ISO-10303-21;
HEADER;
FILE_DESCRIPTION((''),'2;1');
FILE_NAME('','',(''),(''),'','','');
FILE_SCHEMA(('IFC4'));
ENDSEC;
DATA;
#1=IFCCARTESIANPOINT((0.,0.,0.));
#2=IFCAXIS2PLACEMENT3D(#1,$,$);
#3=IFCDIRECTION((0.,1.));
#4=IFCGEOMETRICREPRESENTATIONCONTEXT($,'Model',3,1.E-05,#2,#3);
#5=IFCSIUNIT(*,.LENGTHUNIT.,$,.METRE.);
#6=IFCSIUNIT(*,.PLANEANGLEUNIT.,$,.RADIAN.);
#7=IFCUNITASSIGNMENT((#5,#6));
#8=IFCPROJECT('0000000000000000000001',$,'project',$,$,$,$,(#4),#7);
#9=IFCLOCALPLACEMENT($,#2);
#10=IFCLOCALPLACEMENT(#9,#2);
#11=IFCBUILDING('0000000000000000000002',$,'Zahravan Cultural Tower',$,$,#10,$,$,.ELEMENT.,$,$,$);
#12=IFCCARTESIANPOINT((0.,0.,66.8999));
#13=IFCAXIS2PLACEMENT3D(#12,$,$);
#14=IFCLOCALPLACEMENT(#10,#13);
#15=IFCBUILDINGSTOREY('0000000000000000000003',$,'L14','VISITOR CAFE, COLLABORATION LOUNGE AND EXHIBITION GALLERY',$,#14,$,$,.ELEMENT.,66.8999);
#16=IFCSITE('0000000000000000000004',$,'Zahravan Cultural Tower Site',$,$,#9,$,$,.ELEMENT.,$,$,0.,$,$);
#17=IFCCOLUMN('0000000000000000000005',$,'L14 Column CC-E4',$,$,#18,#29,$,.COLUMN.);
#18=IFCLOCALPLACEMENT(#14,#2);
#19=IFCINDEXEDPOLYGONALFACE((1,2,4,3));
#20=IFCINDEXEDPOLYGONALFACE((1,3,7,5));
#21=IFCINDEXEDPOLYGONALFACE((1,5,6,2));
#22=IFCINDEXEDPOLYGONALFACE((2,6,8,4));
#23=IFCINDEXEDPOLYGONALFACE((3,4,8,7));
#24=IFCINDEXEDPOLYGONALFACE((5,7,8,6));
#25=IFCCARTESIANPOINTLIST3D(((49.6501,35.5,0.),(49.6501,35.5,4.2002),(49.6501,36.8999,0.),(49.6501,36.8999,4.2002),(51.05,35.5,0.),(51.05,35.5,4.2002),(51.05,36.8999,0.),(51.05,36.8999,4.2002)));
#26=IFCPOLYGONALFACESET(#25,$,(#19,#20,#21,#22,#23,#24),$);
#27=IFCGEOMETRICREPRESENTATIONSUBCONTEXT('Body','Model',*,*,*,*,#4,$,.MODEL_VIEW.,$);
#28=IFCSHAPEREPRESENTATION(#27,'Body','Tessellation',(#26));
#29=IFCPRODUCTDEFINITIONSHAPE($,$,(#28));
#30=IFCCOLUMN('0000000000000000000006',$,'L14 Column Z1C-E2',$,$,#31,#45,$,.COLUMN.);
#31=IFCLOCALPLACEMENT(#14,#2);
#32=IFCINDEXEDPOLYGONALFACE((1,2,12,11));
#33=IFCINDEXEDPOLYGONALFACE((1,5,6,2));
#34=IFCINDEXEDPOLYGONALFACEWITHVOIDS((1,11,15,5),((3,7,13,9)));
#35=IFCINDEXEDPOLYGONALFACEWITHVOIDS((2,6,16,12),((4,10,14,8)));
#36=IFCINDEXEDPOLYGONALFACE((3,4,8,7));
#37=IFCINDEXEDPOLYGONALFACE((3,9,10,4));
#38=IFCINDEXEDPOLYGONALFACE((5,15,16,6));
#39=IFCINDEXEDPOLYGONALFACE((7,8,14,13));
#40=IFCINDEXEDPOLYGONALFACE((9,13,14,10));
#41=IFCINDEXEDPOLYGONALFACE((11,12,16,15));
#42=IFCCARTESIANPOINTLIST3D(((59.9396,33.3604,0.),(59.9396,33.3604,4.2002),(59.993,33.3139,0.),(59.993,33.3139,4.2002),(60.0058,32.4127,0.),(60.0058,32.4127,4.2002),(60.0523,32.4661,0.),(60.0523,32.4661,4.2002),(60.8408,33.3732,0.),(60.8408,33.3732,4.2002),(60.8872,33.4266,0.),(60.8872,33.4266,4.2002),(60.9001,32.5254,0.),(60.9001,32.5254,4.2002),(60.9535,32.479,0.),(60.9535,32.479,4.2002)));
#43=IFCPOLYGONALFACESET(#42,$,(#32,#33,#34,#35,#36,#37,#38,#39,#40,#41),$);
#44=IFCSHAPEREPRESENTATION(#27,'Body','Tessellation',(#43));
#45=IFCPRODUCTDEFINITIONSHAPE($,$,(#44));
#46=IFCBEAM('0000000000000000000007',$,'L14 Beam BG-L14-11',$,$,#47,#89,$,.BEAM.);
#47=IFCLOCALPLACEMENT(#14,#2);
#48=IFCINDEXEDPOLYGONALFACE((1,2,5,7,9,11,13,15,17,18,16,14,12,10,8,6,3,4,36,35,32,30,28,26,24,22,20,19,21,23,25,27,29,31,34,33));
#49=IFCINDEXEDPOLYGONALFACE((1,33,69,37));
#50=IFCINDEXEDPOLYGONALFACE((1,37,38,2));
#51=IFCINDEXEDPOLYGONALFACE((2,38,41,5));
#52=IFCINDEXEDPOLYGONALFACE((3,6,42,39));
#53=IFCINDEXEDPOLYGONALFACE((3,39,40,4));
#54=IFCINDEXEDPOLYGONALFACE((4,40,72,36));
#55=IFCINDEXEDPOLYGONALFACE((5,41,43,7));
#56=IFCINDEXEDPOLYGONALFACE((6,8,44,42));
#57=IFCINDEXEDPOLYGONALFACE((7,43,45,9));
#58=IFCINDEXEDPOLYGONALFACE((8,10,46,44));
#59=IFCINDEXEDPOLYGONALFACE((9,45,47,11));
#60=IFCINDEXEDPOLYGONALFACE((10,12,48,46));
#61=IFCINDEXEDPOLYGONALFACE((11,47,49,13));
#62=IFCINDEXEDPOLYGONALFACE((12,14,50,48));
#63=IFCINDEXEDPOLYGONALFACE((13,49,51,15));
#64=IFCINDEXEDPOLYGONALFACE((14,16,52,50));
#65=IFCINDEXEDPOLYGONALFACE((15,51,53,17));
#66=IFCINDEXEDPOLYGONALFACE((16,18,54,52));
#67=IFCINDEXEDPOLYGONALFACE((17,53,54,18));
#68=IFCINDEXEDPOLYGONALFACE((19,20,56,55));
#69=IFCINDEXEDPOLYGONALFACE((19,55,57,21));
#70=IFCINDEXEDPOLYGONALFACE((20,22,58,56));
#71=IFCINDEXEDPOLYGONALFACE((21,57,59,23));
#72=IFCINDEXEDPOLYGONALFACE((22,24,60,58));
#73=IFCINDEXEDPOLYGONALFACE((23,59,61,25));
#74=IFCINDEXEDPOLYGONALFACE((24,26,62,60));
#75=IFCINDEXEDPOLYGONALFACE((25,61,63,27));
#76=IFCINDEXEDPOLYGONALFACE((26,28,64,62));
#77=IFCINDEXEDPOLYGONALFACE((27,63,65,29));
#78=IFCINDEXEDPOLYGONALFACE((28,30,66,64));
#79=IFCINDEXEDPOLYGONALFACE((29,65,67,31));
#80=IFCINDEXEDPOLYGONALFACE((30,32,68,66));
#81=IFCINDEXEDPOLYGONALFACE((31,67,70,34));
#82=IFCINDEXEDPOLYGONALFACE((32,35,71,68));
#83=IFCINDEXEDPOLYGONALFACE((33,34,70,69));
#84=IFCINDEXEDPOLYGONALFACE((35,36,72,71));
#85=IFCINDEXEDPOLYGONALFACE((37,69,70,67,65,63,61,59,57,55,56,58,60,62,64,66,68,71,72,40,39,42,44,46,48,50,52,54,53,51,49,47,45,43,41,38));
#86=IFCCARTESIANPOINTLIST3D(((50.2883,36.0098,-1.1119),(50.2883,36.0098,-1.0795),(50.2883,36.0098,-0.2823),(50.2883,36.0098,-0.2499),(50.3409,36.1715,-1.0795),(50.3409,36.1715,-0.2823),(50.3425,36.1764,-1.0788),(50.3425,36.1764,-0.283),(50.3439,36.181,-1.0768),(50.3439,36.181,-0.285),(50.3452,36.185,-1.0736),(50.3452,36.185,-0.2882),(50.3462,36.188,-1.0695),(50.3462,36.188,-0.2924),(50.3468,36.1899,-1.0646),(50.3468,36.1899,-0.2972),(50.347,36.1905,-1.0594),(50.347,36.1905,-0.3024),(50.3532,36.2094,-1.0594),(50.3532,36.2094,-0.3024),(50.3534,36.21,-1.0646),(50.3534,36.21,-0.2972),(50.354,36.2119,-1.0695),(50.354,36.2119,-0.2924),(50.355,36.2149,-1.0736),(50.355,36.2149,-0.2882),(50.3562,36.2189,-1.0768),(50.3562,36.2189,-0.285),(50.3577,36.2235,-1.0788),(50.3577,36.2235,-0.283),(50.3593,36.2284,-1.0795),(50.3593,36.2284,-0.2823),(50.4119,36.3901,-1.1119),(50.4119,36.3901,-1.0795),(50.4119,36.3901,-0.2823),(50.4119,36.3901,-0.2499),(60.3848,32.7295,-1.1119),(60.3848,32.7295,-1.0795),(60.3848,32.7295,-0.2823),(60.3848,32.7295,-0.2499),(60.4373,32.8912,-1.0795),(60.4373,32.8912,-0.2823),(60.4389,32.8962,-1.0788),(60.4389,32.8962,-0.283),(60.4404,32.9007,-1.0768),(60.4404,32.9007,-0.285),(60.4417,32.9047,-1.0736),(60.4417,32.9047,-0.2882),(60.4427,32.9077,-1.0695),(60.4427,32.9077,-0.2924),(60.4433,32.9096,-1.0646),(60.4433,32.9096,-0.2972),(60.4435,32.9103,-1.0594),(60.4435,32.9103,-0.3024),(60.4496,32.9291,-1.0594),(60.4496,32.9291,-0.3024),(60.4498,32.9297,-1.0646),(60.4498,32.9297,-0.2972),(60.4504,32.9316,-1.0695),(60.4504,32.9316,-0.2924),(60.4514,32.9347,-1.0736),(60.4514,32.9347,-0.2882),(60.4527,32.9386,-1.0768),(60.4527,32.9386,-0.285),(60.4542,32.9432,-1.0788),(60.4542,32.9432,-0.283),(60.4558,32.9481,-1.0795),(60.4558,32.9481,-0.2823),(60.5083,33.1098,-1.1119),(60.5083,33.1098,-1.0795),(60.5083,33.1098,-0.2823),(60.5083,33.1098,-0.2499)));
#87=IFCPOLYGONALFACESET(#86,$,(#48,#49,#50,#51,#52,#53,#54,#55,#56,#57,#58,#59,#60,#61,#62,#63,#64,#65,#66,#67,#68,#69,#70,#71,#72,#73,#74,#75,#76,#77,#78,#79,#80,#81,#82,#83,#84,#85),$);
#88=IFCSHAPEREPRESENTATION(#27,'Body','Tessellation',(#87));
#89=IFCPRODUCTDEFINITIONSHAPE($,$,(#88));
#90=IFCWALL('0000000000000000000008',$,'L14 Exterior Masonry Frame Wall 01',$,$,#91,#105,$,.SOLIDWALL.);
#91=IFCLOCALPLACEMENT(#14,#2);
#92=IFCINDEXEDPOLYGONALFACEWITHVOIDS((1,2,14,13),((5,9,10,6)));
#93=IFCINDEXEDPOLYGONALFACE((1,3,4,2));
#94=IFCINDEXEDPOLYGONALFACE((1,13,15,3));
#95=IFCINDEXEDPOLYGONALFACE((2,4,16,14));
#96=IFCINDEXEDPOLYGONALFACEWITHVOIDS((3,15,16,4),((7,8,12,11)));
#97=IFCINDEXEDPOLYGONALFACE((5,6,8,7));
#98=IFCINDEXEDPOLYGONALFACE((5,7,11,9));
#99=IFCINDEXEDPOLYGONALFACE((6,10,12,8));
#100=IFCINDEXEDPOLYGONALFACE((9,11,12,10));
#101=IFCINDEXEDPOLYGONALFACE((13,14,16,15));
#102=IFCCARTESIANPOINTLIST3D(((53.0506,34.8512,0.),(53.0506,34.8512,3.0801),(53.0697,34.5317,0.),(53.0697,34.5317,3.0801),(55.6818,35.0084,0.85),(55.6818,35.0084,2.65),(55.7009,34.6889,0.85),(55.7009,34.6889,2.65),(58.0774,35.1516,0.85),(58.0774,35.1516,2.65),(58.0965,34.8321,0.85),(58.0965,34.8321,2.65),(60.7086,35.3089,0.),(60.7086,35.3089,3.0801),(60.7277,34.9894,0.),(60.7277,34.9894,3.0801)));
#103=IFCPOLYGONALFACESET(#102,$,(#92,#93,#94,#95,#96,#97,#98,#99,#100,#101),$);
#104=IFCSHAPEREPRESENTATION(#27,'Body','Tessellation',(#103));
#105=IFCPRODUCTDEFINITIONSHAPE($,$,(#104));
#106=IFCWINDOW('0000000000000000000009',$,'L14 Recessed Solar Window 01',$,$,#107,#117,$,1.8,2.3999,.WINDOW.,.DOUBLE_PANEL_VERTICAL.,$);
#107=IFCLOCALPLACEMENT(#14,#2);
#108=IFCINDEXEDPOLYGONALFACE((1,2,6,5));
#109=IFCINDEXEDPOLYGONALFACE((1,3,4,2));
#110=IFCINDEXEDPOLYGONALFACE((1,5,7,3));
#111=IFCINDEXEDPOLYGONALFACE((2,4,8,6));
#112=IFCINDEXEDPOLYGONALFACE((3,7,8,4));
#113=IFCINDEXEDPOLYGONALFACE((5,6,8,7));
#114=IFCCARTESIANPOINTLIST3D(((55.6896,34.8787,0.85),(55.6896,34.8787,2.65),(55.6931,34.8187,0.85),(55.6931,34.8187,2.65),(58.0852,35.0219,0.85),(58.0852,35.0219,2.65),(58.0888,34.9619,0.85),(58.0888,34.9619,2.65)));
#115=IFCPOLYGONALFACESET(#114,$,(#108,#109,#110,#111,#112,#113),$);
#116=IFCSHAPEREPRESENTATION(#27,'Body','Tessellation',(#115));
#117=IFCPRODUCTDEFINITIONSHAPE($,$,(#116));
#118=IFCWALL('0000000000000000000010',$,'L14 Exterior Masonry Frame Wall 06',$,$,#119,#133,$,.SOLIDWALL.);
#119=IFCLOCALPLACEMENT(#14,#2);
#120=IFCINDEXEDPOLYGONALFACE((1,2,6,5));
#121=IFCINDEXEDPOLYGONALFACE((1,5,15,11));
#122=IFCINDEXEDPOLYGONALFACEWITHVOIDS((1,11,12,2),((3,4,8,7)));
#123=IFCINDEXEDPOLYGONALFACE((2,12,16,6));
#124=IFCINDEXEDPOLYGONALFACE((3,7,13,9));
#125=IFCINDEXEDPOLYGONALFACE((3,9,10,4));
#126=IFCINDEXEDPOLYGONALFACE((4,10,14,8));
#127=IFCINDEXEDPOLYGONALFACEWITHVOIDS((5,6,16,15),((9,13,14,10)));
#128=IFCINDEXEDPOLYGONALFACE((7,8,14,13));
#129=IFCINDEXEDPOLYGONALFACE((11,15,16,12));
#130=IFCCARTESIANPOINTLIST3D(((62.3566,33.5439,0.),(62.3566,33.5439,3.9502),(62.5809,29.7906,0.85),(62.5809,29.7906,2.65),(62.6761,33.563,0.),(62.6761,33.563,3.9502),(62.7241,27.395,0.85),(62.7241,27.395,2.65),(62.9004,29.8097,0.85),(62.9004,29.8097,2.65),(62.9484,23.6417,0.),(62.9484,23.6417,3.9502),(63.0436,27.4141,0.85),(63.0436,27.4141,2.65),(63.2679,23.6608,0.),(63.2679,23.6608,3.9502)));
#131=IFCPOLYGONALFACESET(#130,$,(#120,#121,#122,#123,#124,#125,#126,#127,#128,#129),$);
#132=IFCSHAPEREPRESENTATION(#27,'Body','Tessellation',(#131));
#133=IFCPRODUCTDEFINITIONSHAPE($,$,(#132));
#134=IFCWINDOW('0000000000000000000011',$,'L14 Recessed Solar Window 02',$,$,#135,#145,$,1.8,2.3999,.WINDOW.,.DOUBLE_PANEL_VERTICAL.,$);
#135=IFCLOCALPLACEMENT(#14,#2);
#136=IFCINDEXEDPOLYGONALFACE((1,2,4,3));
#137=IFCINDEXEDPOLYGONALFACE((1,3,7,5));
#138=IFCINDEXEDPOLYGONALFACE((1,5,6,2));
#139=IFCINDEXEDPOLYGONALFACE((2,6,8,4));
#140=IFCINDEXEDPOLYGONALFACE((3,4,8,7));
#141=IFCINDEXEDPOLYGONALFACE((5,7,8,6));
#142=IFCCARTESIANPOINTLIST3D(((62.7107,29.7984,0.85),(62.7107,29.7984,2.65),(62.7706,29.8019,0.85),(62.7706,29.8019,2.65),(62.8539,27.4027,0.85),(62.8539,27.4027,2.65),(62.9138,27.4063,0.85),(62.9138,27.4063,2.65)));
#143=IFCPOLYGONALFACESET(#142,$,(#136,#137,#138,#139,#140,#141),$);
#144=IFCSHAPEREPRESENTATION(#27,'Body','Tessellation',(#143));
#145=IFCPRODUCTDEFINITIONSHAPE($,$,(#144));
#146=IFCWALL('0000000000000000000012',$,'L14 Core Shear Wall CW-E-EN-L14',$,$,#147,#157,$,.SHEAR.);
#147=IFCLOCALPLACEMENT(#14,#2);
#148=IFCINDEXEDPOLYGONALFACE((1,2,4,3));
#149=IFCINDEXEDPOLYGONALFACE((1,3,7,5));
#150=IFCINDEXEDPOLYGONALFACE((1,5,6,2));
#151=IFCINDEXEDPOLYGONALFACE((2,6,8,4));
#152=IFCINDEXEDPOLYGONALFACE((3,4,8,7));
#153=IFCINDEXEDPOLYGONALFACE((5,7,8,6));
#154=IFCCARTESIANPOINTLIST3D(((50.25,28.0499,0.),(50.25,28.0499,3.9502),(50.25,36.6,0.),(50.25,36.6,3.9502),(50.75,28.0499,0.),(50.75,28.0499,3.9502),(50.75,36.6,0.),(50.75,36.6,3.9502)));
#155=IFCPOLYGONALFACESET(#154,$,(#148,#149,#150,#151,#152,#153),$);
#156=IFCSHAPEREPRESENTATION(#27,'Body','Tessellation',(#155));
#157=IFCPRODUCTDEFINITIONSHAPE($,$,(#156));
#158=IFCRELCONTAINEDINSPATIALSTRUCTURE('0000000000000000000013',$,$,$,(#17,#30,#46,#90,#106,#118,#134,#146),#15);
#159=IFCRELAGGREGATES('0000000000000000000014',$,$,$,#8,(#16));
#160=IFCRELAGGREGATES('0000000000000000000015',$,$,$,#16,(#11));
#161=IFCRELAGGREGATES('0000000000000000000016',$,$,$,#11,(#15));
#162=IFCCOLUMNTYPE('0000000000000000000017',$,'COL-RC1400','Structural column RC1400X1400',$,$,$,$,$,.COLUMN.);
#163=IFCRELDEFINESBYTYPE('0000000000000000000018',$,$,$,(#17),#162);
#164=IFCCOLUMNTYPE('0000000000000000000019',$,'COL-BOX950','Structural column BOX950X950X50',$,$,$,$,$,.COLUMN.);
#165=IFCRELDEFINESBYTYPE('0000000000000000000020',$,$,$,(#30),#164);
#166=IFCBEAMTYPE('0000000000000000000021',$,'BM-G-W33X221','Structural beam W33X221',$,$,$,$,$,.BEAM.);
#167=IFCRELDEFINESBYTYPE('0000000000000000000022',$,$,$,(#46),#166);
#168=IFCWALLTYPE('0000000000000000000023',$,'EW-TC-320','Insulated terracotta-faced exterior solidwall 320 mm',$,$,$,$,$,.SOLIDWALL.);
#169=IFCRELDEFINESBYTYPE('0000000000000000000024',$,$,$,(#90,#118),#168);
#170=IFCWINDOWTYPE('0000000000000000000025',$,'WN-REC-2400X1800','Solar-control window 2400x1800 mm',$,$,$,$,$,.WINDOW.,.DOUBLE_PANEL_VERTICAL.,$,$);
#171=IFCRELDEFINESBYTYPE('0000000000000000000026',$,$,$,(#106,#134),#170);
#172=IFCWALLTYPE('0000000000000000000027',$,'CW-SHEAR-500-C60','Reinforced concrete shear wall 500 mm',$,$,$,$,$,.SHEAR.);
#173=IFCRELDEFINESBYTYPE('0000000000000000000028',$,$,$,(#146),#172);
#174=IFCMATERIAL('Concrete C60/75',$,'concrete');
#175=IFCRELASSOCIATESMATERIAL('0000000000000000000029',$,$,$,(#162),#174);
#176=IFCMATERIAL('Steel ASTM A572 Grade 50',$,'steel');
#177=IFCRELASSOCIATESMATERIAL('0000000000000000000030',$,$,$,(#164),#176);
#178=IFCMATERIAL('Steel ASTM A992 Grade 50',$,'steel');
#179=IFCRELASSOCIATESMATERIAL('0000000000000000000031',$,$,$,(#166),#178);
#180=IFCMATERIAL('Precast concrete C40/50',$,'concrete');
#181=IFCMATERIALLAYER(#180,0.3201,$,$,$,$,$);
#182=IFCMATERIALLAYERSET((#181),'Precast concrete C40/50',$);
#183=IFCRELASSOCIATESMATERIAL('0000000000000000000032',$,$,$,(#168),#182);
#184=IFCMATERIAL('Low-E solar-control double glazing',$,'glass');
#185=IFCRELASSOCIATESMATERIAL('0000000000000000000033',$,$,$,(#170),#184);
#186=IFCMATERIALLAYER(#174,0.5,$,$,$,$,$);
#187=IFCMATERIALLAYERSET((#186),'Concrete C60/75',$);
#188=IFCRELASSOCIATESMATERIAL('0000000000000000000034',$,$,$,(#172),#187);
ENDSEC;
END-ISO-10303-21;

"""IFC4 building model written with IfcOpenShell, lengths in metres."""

from ifc_helpers import new_model, si_unit, direction, frame, frame_2d, origin, origin_2d, place, context, subcontext, project, spatial, rectangle, hollow_rectangle, i_section, extrude, source, transform, mapped, material, layer, layer_set, material_profile, profile_set, type_object, element, fill, save


model = new_model("IFC4")

# Units and contexts
model_context = context("Model", 3, precision=1e-05, world=origin(), true_north=direction((0.0, 1.0)))
body_context = subcontext(model_context, "Body", "Model", "MODEL_VIEW")
ifc_project = project(units=[si_unit("LENGTHUNIT", "METRE"), si_unit("PLANEANGLEUNIT", "RADIAN")], contexts=[model_context])

# Site, building, storey
site_placement = place(None, origin())
site = spatial("IfcSite", under=ifc_project, at=site_placement, Name="Zahravan Cultural Tower Site", CompositionType="ELEMENT", RefElevation=0.0)
building_placement = place(site_placement, origin())
building = spatial("IfcBuilding", under=site, at=building_placement, Name="Zahravan Cultural Tower", CompositionType="ELEMENT")
storey_placement = place(building_placement, frame((0.0, 0.0, 66.8999)))
storey = spatial("IfcBuildingStorey", under=building, at=storey_placement, Name="L14", Description="VISITOR CAFE, COLLABORATION LOUNGE AND EXHIBITION GALLERY", CompositionType="ELEMENT", Elevation=66.8999)

# Columns
ifc_material_1 = material(Name="Concrete C60/75", Category="concrete")
ifc_material_profile_1 = material_profile(ifc_material_1, rectangle(XDim=1.3999, YDim=1.3999, at=origin_2d()), Name="RC1400X1400")
ifc_profile_set_1 = profile_set([ifc_material_profile_1], Name="Concrete C60/75")
column_type_1 = type_object("IfcColumnType", Name="COL-RC1400", Description="Structural column RC1400X1400", PredefinedType="COLUMN", material=ifc_profile_set_1)
shared_shape_1 = source(origin(), body_context, "Body", "SweptSolid", [
    extrude(rectangle(XDim=1.3999, YDim=1.3999, at=origin_2d()), origin(), (0.0, 0.0, 1.0), 4.2002),
])
column_1_placement = place(storey_placement, frame((50.3501, 36.2, 0.0), z_axis=(0.0, 0.0, 1.0), x_axis=(1.0, 0.0, 0.0)))
element("IfcColumn", 1, at=column_1_placement, inside=storey, type_object=column_type_1, Name="L14 Column CC-E4", PredefinedType="COLUMN", context=body_context, shape_type="MappedRepresentation", body=[
    mapped(shared_shape_1, transform((0.0, 0.0, 0.0), x_axis=(1.0, 0.0, 0.0), y_axis=(0.0, 1.0, 0.0), z_axis=(0.0, 0.0, 1.0), scale=1.0)),
])
ifc_material_2 = material(Name="Steel ASTM A572 Grade 50", Category="steel")
ifc_material_profile_2 = material_profile(ifc_material_2, hollow_rectangle(XDim=0.95, YDim=0.95, WallThickness=0.05, at=origin_2d()), Name="BOX950X950X50")
ifc_profile_set_2 = profile_set([ifc_material_profile_2], Name="Steel ASTM A572 Grade 50")
column_type_2 = type_object("IfcColumnType", Name="COL-BOX950", Description="Structural column BOX950X950X50", PredefinedType="COLUMN", material=ifc_profile_set_2)
shared_shape_2 = source(origin(), body_context, "Body", "SweptSolid", [
    extrude(hollow_rectangle(XDim=0.95, YDim=0.95, WallThickness=0.05, at=origin_2d()), origin(), (0.0, 0.0, 1.0), 4.2002),
])
column_2_placement = place(storey_placement, frame((60.4465, 32.9197, 0.0), z_axis=(0.0, 0.0, 1.0), x_axis=(0.997564, 0.069756, 0.0)))
element("IfcColumn", 2, at=column_2_placement, inside=storey, type_object=column_type_2, Name="L14 Column Z1C-E2", PredefinedType="COLUMN", context=body_context, shape_type="MappedRepresentation", body=[
    mapped(shared_shape_2, transform((0.0, 0.0, 0.0), x_axis=(1.0, 0.0, 0.0), y_axis=(0.0, 1.0, 0.0), z_axis=(0.0, 0.0, 1.0), scale=1.0)),
])

# Beam
ifc_material_3 = material(Name="Steel ASTM A992 Grade 50", Category="steel")
ifc_material_profile_3 = material_profile(ifc_material_3, i_section(OverallWidth=0.3999, OverallDepth=0.8621, WebThickness=0.0198, FlangeThickness=0.0325, FilletRadius=0.02, at=origin_2d()), Name="W33X221")
ifc_profile_set_3 = profile_set([ifc_material_profile_3], Name="Steel ASTM A992 Grade 50")
beam_type = type_object("IfcBeamType", Name="BM-G-W33X221", Description="Structural beam W33X221", PredefinedType="BEAM", material=ifc_profile_set_3)
shared_shape_3 = source(origin(), body_context, "Body", "SweptSolid", [
    extrude(i_section(OverallWidth=0.3999, OverallDepth=0.8621, WebThickness=0.0198, FlangeThickness=0.0325, FilletRadius=0.02, at=origin_2d()), origin(), (0.0, 0.0, 1.0), 10.616),
])
beam_placement = place(storey_placement, frame((50.3501, 36.2, -0.6809), z_axis=(0.951064, -0.308995, 0.0), x_axis=(0.308995, 0.951064, 0.0)))
element("IfcBeam", 3, at=beam_placement, inside=storey, type_object=beam_type, Name="L14 Beam BG-L14-11", PredefinedType="BEAM", context=body_context, shape_type="MappedRepresentation", body=[
    mapped(shared_shape_3, transform((0.0, 0.0, 0.0), x_axis=(1.0, 0.0, 0.0), y_axis=(0.0, 1.0, 0.0), z_axis=(0.0, 0.0, 1.0), scale=1.0)),
])

# Walls, openings, windows
ifc_material_4 = material(Name="Precast concrete C40/50", Category="concrete")
ifc_layer_1 = layer(ifc_material_4, 0.3201)
ifc_layer_set_1 = layer_set([ifc_layer_1], Name="Precast concrete C40/50")
wall_type_1 = type_object("IfcWallType", Name="EW-TC-320", Description="Insulated terracotta-faced exterior solidwall 320 mm", PredefinedType="SOLIDWALL", material=ifc_layer_set_1)
wall_1_placement = place(storey_placement, frame((53.0601, 34.6914, 0.0), z_axis=(0.0, 0.0, 1.0), x_axis=(0.998218, 0.05967, 0.0)))
wall_1 = element("IfcWall", 4, at=wall_1_placement, inside=storey, type_object=wall_type_1, Name="L14 Exterior Masonry Frame Wall 01", PredefinedType="SOLIDWALL", context=body_context, shape_type="SweptSolid", body=[
    extrude(rectangle(XDim=7.6716, YDim=0.3201, at=frame_2d((3.8359, 0.0))), origin(), (0.0, 0.0, 1.0), 3.0801),
])
opening_1_placement = place(wall_1_placement, frame((2.636, 0.0, 0.8501)))
opening_1 = element("IfcOpeningElement", 5, at=opening_1_placement, cuts=wall_1, PredefinedType="OPENING", context=body_context, shape_type="SweptSolid", body=[
    extrude(rectangle(XDim=2.3999, YDim=1.8, at=frame_2d((1.2, 0.8999))), frame((0.0, 0.1699, 0.0), z_axis=(0.0, -1.0, 0.0), x_axis=(1.0, 0.0, 0.0)), (0.0, 0.0, 1.0), 0.3401),
])
ifc_material_5 = material(Name="Low-E solar-control double glazing", Category="glass")
window_type = type_object("IfcWindowType", Name="WN-REC-2400X1800", Description="Solar-control window 2400x1800 mm", PartitioningType="DOUBLE_PANEL_VERTICAL", PredefinedType="WINDOW", material=ifc_material_5)
shared_shape_4 = source(origin(), body_context, "Body", "SweptSolid", [
    extrude(rectangle(XDim=2.3999, YDim=1.8, at=frame_2d((1.2, 0.8999))), frame((0.0, 0.03, 0.0), z_axis=(0.0, -1.0, 0.0), x_axis=(1.0, 0.0, 0.0)), (0.0, 0.0, 1.0), 0.0601),
])
window_1_placement = place(opening_1_placement, origin())
window_1 = element("IfcWindow", 6, at=window_1_placement, inside=storey, type_object=window_type, Name="L14 Recessed Solar Window 01", OverallHeight=1.8, OverallWidth=2.3999, PartitioningType="DOUBLE_PANEL_VERTICAL", PredefinedType="WINDOW", context=body_context, shape_type="MappedRepresentation", body=[
    mapped(shared_shape_4, transform((0.0, 0.0, 0.0), x_axis=(1.0, 0.0, 0.0), y_axis=(0.0, 1.0, 0.0), z_axis=(0.0, 0.0, 1.0), scale=1.0)),
])
fill(opening_1, window_1)
wall_2_placement = place(storey_placement, frame((62.5164, 33.5535, 0.0), z_axis=(0.0, 0.0, 1.0), x_axis=(0.059657, -0.998219, 0.0)))
wall_2 = element("IfcWall", 7, at=wall_2_placement, inside=storey, type_object=wall_type_1, Name="L14 Exterior Masonry Frame Wall 06", PredefinedType="SOLIDWALL", context=body_context, shape_type="SweptSolid", body=[
    extrude(rectangle(XDim=9.9199, YDim=0.3201, at=frame_2d((4.96, 0.0))), origin(), (0.0, 0.0, 1.0), 3.9502),
])
opening_2_placement = place(wall_2_placement, frame((3.76, 0.0, 0.8501)))
opening_2 = element("IfcOpeningElement", 8, at=opening_2_placement, cuts=wall_2, PredefinedType="OPENING", context=body_context, shape_type="SweptSolid", body=[
    extrude(rectangle(XDim=2.3999, YDim=1.8, at=frame_2d((1.2, 0.8999))), frame((0.0, 0.1699, 0.0), z_axis=(0.0, -1.0, 0.0), x_axis=(1.0, 0.0, 0.0)), (0.0, 0.0, 1.0), 0.3401),
])
window_2_placement = place(opening_2_placement, origin())
window_2 = element("IfcWindow", 9, at=window_2_placement, inside=storey, type_object=window_type, Name="L14 Recessed Solar Window 02", OverallHeight=1.8, OverallWidth=2.3999, PartitioningType="DOUBLE_PANEL_VERTICAL", PredefinedType="WINDOW", context=body_context, shape_type="MappedRepresentation", body=[
    mapped(shared_shape_4, transform((0.0, 0.0, 0.0), x_axis=(1.0, 0.0, 0.0), y_axis=(0.0, 1.0, 0.0), z_axis=(0.0, 0.0, 1.0), scale=1.0)),
])
fill(opening_2, window_2)

# Wall
ifc_layer_2 = layer(ifc_material_1, 0.5)
ifc_layer_set_2 = layer_set([ifc_layer_2], Name="Concrete C60/75")
wall_type_2 = type_object("IfcWallType", Name="CW-SHEAR-500-C60", Description="Reinforced concrete shear wall 500 mm", PredefinedType="SHEAR", material=ifc_layer_set_2)
shared_shape_5 = source(origin(), body_context, "Body", "SweptSolid", [
    extrude(rectangle(XDim=8.55, YDim=0.5, at=frame_2d((4.2749, 0.0))), origin(), (0.0, 0.0, 1.0), 3.9502),
])
wall_3_placement = place(storey_placement, frame((50.5, 28.05, 0.0), z_axis=(0.0, 0.0, 1.0), x_axis=(0.0, 1.0, 0.0)))
element("IfcWall", 10, at=wall_3_placement, inside=storey, type_object=wall_type_2, Name="L14 Core Shear Wall CW-E-EN-L14", PredefinedType="SHEAR", context=body_context, shape_type="MappedRepresentation", body=[
    mapped(shared_shape_5, transform((0.0, 0.0, 0.0), x_axis=(1.0, 0.0, 0.0), y_axis=(0.0, 1.0, 0.0), z_axis=(0.0, 0.0, 1.0), scale=1.0)),
])

save(model, "model.ifc")
